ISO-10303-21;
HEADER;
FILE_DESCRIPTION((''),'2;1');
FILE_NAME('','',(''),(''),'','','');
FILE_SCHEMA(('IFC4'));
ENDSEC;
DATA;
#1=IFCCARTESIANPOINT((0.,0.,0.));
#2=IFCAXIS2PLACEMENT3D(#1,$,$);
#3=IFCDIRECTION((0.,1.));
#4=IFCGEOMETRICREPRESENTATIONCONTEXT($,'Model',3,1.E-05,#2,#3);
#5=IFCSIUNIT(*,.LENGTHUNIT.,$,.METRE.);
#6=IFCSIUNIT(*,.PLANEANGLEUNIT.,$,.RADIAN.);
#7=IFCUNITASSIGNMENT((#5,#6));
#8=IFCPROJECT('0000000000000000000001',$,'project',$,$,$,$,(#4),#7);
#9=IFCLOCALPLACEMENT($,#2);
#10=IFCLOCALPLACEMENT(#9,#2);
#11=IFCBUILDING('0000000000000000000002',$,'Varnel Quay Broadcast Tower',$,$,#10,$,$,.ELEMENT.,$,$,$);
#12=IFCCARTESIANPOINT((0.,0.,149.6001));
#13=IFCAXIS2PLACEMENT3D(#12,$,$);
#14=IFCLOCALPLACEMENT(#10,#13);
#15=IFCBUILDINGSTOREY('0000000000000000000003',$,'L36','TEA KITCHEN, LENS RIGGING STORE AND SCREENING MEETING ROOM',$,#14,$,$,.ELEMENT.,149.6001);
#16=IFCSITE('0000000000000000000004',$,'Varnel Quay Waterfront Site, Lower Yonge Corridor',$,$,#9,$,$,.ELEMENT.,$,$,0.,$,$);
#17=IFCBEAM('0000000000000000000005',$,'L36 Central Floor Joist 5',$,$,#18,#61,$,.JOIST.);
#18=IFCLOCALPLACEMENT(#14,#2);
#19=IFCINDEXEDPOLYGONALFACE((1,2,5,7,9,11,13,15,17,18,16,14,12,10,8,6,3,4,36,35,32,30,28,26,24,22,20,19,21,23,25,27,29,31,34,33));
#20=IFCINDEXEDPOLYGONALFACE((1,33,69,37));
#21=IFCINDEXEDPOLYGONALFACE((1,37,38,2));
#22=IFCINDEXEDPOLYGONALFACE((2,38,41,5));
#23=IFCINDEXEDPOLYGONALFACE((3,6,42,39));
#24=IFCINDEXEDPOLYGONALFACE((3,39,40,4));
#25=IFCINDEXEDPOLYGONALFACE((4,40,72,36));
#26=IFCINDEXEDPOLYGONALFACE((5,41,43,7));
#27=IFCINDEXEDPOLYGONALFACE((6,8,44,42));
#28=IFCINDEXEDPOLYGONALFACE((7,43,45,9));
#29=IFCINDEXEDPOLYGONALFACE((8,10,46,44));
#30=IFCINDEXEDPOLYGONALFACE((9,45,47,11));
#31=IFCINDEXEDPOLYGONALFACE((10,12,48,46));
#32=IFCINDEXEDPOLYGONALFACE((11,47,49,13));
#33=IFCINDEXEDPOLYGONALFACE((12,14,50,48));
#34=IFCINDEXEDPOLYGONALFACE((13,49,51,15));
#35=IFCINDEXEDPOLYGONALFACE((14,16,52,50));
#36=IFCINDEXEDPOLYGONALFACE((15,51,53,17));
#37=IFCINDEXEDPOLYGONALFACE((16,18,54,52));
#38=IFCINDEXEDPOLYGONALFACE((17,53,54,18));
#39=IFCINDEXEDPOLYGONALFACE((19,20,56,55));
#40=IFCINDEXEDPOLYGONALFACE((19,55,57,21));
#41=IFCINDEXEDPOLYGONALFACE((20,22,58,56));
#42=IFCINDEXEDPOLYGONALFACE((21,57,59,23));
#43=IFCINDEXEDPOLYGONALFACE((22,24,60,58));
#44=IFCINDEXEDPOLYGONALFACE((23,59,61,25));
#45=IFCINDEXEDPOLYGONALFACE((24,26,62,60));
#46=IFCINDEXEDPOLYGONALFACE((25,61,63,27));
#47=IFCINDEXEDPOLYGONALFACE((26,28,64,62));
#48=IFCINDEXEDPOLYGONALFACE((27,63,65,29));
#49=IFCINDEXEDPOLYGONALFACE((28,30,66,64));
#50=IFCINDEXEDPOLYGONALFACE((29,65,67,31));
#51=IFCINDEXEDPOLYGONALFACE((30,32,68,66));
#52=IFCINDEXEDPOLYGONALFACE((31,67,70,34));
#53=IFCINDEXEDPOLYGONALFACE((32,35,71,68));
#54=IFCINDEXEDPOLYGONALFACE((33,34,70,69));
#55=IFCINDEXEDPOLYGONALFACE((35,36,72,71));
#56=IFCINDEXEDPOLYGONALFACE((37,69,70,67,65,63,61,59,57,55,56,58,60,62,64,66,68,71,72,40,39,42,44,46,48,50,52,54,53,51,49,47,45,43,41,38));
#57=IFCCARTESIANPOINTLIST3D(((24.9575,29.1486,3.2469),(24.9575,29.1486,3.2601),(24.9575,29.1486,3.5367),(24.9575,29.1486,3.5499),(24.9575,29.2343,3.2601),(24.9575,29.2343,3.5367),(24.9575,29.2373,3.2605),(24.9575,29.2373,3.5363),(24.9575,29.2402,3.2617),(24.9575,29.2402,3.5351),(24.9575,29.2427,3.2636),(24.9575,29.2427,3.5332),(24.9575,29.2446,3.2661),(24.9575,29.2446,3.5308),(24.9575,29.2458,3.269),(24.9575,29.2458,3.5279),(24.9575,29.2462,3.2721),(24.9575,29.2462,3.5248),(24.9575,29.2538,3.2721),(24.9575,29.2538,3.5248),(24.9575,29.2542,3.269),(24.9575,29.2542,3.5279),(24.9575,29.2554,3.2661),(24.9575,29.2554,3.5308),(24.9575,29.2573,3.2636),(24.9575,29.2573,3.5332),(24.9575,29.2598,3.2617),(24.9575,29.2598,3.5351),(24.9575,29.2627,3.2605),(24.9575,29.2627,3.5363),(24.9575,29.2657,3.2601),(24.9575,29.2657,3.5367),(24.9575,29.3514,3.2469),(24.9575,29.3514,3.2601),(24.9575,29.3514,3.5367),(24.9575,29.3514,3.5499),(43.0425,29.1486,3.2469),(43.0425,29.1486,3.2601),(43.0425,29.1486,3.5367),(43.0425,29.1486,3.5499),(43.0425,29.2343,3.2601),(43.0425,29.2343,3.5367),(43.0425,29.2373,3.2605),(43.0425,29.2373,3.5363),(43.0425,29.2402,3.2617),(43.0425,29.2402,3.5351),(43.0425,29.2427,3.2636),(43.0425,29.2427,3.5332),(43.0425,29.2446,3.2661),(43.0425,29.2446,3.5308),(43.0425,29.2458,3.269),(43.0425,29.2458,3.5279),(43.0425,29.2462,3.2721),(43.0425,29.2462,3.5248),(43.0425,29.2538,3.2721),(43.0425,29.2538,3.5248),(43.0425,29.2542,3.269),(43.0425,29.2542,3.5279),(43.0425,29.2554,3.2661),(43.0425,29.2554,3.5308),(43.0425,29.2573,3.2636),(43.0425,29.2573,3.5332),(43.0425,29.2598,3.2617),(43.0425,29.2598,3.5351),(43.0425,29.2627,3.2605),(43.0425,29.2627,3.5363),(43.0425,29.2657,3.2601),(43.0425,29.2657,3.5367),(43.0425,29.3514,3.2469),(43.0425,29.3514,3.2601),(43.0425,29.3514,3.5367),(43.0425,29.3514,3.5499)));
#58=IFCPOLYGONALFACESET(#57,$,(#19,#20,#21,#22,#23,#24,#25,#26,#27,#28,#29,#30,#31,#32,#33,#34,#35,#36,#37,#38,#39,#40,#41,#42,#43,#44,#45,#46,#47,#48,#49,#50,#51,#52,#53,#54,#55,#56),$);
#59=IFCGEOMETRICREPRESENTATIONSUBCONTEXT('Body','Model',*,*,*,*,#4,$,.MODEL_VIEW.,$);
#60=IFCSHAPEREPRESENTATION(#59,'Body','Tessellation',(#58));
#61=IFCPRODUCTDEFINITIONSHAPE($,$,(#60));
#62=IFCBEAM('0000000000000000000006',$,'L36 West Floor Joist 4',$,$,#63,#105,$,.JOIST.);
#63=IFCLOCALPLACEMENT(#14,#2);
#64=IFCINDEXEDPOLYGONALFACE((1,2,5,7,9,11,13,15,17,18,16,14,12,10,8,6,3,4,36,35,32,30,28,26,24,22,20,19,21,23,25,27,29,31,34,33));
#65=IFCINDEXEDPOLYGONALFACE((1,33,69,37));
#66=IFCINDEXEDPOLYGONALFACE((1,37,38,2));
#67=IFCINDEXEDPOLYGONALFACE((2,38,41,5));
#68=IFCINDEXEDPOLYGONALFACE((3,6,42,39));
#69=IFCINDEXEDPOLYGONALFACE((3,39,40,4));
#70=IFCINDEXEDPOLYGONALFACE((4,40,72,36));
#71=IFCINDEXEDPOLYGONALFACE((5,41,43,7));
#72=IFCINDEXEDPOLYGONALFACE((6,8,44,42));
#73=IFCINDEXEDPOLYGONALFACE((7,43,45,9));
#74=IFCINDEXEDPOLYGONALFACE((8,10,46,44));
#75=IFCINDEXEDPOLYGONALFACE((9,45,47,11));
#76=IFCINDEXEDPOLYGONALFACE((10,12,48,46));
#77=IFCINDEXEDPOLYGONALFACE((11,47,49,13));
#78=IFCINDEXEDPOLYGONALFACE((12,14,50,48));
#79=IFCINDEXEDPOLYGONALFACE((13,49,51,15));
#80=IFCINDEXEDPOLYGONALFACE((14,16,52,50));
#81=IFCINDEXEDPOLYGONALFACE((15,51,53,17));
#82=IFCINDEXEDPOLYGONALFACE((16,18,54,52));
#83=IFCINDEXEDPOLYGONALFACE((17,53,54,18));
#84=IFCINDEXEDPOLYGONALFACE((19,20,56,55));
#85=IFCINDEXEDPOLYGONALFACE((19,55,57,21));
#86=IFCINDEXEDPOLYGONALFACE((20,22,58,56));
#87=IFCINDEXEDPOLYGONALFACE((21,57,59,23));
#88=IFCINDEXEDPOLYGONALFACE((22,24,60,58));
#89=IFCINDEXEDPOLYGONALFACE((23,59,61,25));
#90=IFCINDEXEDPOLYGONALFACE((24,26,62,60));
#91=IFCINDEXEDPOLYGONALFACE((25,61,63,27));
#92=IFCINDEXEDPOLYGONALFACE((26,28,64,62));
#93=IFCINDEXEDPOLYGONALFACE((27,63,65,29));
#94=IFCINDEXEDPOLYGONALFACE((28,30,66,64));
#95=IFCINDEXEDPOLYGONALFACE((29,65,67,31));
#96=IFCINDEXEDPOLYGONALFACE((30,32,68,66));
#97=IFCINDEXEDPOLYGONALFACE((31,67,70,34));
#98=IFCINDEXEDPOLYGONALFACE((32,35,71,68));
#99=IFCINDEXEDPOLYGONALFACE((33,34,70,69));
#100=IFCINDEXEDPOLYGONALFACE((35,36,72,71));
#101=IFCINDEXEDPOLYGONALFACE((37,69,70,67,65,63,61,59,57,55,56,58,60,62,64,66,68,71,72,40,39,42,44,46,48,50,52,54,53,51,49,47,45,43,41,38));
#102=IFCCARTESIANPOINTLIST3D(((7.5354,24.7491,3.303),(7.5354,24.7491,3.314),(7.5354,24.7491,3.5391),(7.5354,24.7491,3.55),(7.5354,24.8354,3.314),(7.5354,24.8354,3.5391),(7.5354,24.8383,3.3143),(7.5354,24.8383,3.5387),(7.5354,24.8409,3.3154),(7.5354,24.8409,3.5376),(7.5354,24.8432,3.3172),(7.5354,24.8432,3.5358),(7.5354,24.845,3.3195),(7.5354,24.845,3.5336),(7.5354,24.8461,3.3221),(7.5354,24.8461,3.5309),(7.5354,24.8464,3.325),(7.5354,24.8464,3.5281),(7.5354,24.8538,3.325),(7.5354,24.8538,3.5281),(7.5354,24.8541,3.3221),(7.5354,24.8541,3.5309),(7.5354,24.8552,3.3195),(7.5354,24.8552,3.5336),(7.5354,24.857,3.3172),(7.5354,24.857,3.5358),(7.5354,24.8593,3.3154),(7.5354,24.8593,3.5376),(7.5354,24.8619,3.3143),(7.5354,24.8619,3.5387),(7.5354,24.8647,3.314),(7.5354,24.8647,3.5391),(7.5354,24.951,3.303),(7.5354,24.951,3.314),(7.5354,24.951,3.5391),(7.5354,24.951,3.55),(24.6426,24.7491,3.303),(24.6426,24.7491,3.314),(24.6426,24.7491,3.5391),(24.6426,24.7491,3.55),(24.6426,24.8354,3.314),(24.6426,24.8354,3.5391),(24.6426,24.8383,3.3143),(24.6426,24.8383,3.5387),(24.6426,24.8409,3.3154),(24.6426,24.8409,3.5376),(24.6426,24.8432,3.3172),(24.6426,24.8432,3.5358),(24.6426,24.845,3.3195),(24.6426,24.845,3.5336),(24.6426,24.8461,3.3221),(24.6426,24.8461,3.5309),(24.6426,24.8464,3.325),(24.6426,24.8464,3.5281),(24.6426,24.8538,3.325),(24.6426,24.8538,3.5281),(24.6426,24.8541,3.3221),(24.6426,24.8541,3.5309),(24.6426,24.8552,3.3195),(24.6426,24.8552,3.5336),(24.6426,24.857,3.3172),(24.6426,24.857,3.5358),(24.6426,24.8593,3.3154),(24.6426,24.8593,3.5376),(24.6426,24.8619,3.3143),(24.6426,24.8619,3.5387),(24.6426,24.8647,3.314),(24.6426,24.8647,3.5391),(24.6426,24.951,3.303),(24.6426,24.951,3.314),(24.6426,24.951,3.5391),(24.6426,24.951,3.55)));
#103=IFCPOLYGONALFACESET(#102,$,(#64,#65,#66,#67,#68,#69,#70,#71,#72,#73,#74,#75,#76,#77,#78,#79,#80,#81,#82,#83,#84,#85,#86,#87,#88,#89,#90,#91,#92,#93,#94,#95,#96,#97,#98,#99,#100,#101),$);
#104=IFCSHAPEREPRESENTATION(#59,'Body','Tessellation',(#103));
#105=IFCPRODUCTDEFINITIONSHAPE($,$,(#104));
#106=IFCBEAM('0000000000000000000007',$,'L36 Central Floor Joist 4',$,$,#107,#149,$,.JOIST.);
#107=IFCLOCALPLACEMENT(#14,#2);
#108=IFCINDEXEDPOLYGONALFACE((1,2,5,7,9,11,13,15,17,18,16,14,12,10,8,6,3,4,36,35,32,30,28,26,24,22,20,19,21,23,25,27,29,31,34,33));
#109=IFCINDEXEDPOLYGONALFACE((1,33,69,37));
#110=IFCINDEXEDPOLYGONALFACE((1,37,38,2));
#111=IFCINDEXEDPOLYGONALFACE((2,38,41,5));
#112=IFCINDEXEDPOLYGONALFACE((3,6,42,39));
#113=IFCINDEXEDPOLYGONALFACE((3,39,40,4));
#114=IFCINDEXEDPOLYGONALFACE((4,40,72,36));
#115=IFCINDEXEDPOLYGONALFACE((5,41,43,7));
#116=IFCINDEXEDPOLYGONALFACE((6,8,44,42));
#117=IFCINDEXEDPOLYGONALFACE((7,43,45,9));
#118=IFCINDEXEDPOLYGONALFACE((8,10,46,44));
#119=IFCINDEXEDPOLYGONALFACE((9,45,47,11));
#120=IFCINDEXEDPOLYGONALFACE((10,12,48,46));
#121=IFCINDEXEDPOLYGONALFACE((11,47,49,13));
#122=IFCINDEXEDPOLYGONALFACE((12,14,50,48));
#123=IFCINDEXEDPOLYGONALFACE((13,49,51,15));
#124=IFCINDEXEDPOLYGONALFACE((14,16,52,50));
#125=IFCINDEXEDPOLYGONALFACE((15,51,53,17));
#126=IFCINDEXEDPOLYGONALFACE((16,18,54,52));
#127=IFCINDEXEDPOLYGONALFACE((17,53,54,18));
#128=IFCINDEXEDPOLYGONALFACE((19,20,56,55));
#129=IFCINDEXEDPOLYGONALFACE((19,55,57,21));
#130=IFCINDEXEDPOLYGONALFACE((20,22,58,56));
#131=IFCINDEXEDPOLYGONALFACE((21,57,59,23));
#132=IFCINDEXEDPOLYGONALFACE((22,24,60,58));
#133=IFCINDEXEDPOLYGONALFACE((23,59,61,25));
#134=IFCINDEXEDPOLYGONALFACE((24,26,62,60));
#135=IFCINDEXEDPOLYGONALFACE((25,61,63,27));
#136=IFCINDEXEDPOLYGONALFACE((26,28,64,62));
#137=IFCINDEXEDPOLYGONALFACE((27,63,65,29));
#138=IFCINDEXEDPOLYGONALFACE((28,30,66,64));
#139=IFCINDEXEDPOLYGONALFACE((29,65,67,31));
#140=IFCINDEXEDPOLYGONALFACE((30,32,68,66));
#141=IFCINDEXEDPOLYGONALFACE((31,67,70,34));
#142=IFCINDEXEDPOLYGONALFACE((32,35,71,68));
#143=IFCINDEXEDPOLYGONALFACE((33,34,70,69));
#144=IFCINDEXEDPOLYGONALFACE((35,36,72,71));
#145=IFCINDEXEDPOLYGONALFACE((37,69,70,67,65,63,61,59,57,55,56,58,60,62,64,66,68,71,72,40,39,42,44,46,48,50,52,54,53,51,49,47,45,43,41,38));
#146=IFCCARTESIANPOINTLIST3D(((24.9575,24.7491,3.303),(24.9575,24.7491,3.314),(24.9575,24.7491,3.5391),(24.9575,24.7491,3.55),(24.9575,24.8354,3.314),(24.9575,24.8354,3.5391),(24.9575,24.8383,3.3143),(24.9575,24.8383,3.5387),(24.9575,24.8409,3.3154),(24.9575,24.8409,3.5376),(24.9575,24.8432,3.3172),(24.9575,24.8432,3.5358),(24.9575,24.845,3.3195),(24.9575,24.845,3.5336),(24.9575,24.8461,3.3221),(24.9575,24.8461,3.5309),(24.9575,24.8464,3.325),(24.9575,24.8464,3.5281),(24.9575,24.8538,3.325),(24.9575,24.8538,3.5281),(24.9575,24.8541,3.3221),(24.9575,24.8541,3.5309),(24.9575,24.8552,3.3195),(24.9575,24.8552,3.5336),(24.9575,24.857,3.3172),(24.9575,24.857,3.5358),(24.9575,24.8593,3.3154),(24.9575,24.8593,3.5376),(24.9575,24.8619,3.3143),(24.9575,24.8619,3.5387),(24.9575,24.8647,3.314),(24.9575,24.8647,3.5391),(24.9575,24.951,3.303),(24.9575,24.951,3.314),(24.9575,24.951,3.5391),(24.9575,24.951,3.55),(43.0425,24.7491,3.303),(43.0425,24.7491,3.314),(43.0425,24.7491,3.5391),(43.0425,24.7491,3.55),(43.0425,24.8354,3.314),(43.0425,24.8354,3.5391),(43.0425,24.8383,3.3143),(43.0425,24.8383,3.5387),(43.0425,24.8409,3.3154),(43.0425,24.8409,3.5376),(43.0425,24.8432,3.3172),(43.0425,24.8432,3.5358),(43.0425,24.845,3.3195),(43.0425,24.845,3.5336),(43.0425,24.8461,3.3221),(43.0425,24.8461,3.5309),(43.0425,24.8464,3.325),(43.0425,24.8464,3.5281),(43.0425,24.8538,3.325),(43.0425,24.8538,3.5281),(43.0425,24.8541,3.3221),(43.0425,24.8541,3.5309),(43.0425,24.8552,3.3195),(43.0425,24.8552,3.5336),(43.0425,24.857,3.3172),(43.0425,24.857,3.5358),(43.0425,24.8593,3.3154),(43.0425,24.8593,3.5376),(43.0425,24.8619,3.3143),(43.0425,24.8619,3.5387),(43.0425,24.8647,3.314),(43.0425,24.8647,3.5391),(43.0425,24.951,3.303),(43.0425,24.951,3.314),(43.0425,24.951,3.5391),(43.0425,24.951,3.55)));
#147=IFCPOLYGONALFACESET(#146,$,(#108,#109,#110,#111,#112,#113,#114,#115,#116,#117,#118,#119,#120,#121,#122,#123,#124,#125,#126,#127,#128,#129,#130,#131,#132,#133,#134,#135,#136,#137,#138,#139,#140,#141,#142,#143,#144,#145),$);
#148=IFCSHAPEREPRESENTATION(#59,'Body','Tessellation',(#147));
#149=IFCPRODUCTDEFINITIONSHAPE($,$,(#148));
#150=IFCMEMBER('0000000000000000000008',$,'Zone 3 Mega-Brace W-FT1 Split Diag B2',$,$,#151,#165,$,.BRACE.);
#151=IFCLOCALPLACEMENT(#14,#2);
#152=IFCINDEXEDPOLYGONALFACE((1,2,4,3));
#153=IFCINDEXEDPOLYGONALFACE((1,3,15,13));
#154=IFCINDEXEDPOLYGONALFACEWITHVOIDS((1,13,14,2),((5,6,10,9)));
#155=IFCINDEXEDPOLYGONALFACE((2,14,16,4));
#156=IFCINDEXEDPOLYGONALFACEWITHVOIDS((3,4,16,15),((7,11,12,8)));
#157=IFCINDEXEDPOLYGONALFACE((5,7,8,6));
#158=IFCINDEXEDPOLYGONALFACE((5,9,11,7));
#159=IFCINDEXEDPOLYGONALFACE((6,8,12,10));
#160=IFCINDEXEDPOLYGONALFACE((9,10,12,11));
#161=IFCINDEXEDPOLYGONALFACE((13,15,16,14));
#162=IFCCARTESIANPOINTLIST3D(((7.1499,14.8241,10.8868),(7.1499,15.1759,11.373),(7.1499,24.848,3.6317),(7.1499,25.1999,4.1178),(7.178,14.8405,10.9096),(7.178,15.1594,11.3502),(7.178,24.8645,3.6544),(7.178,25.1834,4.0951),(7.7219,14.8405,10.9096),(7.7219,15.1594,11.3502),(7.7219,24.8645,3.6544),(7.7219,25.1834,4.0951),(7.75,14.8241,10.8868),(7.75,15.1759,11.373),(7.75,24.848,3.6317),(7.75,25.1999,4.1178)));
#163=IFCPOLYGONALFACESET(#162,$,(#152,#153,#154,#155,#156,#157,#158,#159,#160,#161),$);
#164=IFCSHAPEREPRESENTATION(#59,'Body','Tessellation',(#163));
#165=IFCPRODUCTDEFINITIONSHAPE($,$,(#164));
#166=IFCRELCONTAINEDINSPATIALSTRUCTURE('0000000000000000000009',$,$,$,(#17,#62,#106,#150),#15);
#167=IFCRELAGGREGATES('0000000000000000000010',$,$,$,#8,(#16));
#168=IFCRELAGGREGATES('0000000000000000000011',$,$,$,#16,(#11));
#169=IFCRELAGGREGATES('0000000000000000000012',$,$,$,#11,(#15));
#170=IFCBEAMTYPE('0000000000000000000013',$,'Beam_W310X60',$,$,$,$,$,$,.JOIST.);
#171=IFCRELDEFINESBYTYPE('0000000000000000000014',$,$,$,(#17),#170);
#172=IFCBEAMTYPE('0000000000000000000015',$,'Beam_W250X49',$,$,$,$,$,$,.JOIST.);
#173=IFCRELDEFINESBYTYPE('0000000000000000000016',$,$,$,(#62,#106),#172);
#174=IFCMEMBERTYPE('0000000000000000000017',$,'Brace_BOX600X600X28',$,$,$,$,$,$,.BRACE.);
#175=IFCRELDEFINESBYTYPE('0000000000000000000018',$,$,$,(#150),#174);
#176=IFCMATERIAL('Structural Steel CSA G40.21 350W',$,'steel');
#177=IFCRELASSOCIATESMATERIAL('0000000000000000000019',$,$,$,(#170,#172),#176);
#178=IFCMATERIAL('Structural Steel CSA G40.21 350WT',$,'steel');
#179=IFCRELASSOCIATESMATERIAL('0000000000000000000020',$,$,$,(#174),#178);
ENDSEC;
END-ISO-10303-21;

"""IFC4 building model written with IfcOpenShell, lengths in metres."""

from ifc_helpers import new_model, si_unit, direction, frame, origin, origin_2d, place, context, subcontext, project, spatial, hollow_rectangle, i_section, extrude, source, transform, mapped, material, material_profile, profile_set, type_object, type_shapes, element, save


model = new_model("IFC4")

# Units and contexts
model_context = context("Model", 3, precision=1e-05, world=origin(), true_north=direction((0.0, 1.0)))
body_context = subcontext(model_context, "Body", "Model", "MODEL_VIEW")
ifc_project = project(units=[si_unit("LENGTHUNIT", "METRE"), si_unit("PLANEANGLEUNIT", "RADIAN")], contexts=[model_context])

# Site, building, storey
site_placement = place(None, origin())
site = spatial("IfcSite", under=ifc_project, at=site_placement, Name="Varnel Quay Waterfront Site, Lower Yonge Corridor", CompositionType="ELEMENT", RefElevation=0.0)
building_placement = place(site_placement, origin())
building = spatial("IfcBuilding", under=site, at=building_placement, Name="Varnel Quay Broadcast Tower", CompositionType="ELEMENT")
storey_placement = place(building_placement, frame((0.0, 0.0, 149.6001)))
storey = spatial("IfcBuildingStorey", under=building, at=storey_placement, Name="L36", Description="TEA KITCHEN, LENS RIGGING STORE AND SCREENING MEETING ROOM", CompositionType="ELEMENT", Elevation=149.6001)

# Shared definitions
ifc_material_1 = material(Name="Structural Steel CSA G40.21 350WT", Category="steel")
ifc_material_2 = material(Name="Structural Steel CSA G40.21 350W", Category="steel")

# Beams
ifc_material_profile_1 = material_profile(ifc_material_2, i_section(OverallWidth=0.2029, OverallDepth=0.303, WebThickness=0.0076, FlangeThickness=0.0132, FilletRadius=0.012, at=origin_2d()), Name="W310X60")
ifc_profile_set_1 = profile_set([ifc_material_profile_1], Name="Structural Steel CSA G40.21 350W")
beam_type_1 = type_object("IfcBeamType", Name="Beam_W310X60", PredefinedType="JOIST", material=ifc_profile_set_1)
shared_shape_1 = source(origin(), body_context, "Body", "SweptSolid", [
    extrude(i_section(OverallWidth=0.2029, OverallDepth=0.303, WebThickness=0.0076, FlangeThickness=0.0132, FilletRadius=0.012, at=origin_2d()), origin(), (0.0, 0.0, 1.0), 18.085),
])
beam_1_placement = place(storey_placement, frame((24.9575, 29.25, 3.3984), z_axis=(1.0, 0.0, 0.0), x_axis=(0.0, 1.0, 0.0)))
element("IfcBeam", 1, at=beam_1_placement, inside=storey, type_object=beam_type_1, Name="L36 Central Floor Joist 5", PredefinedType="JOIST", context=body_context, shape_type="MappedRepresentation", body=[
    mapped(shared_shape_1, transform((0.0, 0.0, 0.0), x_axis=(1.0, 0.0, 0.0), y_axis=(0.0, 1.0, 0.0), z_axis=(0.0, 0.0, 1.0), scale=1.0)),
])
ifc_material_profile_2 = material_profile(ifc_material_2, i_section(OverallWidth=0.2019, OverallDepth=0.2471, WebThickness=0.0073, FlangeThickness=0.011, FilletRadius=0.011, at=origin_2d()), Name="W250X49")
ifc_profile_set_2 = profile_set([ifc_material_profile_2], Name="Structural Steel CSA G40.21 350W")
beam_type_2 = type_object("IfcBeamType", Name="Beam_W250X49", PredefinedType="JOIST", material=ifc_profile_set_2)
shared_shape_2 = source(origin(), body_context, "Body", "SweptSolid", [
    extrude(i_section(OverallWidth=0.2019, OverallDepth=0.2471, WebThickness=0.0073, FlangeThickness=0.011, FilletRadius=0.011, at=origin_2d()), origin(), (0.0, 0.0, 1.0), 17.1072),
])
beam_2_placement = place(storey_placement, frame((7.5354, 24.8501, 3.4265), z_axis=(1.0, 0.0, 0.0), x_axis=(0.0, 1.0, 0.0)))
element("IfcBeam", 2, at=beam_2_placement, inside=storey, type_object=beam_type_2, Name="L36 West Floor Joist 4", PredefinedType="JOIST", context=body_context, shape_type="MappedRepresentation", body=[
    mapped(shared_shape_2, transform((0.0, 0.0, 0.0), x_axis=(1.0, 0.0, 0.0), y_axis=(0.0, 1.0, 0.0), z_axis=(0.0, 0.0, 1.0), scale=1.0)),
])
shared_shape_3 = source(origin(), body_context, "Body", "SweptSolid", [
    extrude(i_section(OverallWidth=0.2019, OverallDepth=0.2471, WebThickness=0.0073, FlangeThickness=0.011, FilletRadius=0.011, at=origin_2d()), origin(), (0.0, 0.0, 1.0), 18.085),
])
type_shapes(beam_type_2, [shared_shape_2, shared_shape_3])
beam_3_placement = place(storey_placement, frame((24.9575, 24.8501, 3.4265), z_axis=(1.0, 0.0, 0.0), x_axis=(0.0, 1.0, 0.0)))
element("IfcBeam", 3, at=beam_3_placement, inside=storey, type_object=beam_type_2, Name="L36 Central Floor Joist 4", PredefinedType="JOIST", context=body_context, shape_type="MappedRepresentation", body=[
    mapped(shared_shape_3, transform((0.0, 0.0, 0.0), x_axis=(1.0, 0.0, 0.0), y_axis=(0.0, 1.0, 0.0), z_axis=(0.0, 0.0, 1.0), scale=1.0)),
])

# Member
ifc_material_profile_3 = material_profile(ifc_material_1, hollow_rectangle(XDim=0.6001, YDim=0.6001, WallThickness=0.0281, at=origin_2d()), Name="BOX600X600X28")
ifc_profile_set_3 = profile_set([ifc_material_profile_3], Name="Structural Steel CSA G40.21 350WT")
member_type_1 = type_object("IfcMemberType", Name="Brace_BOX600X600X28", PredefinedType="BRACE", material=ifc_profile_set_3)
shared_shape_4 = source(origin(), body_context, "Body", "SweptSolid", [
    extrude(hollow_rectangle(XDim=0.6001, YDim=0.6001, WallThickness=0.0281, at=origin_2d()), origin(), (0.0, 0.0, 1.0), 12.374),
])
type_shapes(member_type_1, [shared_shape_4])
member_1_placement = place(storey_placement, frame((7.45, 25.0239, 3.8748), z_axis=(0.0, -0.810079, 0.58632), x_axis=(1.0, 0.0, 0.0)))
element("IfcMember", 4, at=member_1_placement, inside=storey, type_object=member_type_1, Name="Zone 3 Mega-Brace W-FT1 Split Diag B2", PredefinedType="BRACE", context=body_context, shape_type="MappedRepresentation", body=[
    mapped(shared_shape_4, transform((0.0, 0.0, 0.0), x_axis=(1.0, 0.0, 0.0), y_axis=(0.0, 1.0, 0.0), z_axis=(0.0, 0.0, 1.0), scale=1.0)),
])

save(model, "model.ifc")
